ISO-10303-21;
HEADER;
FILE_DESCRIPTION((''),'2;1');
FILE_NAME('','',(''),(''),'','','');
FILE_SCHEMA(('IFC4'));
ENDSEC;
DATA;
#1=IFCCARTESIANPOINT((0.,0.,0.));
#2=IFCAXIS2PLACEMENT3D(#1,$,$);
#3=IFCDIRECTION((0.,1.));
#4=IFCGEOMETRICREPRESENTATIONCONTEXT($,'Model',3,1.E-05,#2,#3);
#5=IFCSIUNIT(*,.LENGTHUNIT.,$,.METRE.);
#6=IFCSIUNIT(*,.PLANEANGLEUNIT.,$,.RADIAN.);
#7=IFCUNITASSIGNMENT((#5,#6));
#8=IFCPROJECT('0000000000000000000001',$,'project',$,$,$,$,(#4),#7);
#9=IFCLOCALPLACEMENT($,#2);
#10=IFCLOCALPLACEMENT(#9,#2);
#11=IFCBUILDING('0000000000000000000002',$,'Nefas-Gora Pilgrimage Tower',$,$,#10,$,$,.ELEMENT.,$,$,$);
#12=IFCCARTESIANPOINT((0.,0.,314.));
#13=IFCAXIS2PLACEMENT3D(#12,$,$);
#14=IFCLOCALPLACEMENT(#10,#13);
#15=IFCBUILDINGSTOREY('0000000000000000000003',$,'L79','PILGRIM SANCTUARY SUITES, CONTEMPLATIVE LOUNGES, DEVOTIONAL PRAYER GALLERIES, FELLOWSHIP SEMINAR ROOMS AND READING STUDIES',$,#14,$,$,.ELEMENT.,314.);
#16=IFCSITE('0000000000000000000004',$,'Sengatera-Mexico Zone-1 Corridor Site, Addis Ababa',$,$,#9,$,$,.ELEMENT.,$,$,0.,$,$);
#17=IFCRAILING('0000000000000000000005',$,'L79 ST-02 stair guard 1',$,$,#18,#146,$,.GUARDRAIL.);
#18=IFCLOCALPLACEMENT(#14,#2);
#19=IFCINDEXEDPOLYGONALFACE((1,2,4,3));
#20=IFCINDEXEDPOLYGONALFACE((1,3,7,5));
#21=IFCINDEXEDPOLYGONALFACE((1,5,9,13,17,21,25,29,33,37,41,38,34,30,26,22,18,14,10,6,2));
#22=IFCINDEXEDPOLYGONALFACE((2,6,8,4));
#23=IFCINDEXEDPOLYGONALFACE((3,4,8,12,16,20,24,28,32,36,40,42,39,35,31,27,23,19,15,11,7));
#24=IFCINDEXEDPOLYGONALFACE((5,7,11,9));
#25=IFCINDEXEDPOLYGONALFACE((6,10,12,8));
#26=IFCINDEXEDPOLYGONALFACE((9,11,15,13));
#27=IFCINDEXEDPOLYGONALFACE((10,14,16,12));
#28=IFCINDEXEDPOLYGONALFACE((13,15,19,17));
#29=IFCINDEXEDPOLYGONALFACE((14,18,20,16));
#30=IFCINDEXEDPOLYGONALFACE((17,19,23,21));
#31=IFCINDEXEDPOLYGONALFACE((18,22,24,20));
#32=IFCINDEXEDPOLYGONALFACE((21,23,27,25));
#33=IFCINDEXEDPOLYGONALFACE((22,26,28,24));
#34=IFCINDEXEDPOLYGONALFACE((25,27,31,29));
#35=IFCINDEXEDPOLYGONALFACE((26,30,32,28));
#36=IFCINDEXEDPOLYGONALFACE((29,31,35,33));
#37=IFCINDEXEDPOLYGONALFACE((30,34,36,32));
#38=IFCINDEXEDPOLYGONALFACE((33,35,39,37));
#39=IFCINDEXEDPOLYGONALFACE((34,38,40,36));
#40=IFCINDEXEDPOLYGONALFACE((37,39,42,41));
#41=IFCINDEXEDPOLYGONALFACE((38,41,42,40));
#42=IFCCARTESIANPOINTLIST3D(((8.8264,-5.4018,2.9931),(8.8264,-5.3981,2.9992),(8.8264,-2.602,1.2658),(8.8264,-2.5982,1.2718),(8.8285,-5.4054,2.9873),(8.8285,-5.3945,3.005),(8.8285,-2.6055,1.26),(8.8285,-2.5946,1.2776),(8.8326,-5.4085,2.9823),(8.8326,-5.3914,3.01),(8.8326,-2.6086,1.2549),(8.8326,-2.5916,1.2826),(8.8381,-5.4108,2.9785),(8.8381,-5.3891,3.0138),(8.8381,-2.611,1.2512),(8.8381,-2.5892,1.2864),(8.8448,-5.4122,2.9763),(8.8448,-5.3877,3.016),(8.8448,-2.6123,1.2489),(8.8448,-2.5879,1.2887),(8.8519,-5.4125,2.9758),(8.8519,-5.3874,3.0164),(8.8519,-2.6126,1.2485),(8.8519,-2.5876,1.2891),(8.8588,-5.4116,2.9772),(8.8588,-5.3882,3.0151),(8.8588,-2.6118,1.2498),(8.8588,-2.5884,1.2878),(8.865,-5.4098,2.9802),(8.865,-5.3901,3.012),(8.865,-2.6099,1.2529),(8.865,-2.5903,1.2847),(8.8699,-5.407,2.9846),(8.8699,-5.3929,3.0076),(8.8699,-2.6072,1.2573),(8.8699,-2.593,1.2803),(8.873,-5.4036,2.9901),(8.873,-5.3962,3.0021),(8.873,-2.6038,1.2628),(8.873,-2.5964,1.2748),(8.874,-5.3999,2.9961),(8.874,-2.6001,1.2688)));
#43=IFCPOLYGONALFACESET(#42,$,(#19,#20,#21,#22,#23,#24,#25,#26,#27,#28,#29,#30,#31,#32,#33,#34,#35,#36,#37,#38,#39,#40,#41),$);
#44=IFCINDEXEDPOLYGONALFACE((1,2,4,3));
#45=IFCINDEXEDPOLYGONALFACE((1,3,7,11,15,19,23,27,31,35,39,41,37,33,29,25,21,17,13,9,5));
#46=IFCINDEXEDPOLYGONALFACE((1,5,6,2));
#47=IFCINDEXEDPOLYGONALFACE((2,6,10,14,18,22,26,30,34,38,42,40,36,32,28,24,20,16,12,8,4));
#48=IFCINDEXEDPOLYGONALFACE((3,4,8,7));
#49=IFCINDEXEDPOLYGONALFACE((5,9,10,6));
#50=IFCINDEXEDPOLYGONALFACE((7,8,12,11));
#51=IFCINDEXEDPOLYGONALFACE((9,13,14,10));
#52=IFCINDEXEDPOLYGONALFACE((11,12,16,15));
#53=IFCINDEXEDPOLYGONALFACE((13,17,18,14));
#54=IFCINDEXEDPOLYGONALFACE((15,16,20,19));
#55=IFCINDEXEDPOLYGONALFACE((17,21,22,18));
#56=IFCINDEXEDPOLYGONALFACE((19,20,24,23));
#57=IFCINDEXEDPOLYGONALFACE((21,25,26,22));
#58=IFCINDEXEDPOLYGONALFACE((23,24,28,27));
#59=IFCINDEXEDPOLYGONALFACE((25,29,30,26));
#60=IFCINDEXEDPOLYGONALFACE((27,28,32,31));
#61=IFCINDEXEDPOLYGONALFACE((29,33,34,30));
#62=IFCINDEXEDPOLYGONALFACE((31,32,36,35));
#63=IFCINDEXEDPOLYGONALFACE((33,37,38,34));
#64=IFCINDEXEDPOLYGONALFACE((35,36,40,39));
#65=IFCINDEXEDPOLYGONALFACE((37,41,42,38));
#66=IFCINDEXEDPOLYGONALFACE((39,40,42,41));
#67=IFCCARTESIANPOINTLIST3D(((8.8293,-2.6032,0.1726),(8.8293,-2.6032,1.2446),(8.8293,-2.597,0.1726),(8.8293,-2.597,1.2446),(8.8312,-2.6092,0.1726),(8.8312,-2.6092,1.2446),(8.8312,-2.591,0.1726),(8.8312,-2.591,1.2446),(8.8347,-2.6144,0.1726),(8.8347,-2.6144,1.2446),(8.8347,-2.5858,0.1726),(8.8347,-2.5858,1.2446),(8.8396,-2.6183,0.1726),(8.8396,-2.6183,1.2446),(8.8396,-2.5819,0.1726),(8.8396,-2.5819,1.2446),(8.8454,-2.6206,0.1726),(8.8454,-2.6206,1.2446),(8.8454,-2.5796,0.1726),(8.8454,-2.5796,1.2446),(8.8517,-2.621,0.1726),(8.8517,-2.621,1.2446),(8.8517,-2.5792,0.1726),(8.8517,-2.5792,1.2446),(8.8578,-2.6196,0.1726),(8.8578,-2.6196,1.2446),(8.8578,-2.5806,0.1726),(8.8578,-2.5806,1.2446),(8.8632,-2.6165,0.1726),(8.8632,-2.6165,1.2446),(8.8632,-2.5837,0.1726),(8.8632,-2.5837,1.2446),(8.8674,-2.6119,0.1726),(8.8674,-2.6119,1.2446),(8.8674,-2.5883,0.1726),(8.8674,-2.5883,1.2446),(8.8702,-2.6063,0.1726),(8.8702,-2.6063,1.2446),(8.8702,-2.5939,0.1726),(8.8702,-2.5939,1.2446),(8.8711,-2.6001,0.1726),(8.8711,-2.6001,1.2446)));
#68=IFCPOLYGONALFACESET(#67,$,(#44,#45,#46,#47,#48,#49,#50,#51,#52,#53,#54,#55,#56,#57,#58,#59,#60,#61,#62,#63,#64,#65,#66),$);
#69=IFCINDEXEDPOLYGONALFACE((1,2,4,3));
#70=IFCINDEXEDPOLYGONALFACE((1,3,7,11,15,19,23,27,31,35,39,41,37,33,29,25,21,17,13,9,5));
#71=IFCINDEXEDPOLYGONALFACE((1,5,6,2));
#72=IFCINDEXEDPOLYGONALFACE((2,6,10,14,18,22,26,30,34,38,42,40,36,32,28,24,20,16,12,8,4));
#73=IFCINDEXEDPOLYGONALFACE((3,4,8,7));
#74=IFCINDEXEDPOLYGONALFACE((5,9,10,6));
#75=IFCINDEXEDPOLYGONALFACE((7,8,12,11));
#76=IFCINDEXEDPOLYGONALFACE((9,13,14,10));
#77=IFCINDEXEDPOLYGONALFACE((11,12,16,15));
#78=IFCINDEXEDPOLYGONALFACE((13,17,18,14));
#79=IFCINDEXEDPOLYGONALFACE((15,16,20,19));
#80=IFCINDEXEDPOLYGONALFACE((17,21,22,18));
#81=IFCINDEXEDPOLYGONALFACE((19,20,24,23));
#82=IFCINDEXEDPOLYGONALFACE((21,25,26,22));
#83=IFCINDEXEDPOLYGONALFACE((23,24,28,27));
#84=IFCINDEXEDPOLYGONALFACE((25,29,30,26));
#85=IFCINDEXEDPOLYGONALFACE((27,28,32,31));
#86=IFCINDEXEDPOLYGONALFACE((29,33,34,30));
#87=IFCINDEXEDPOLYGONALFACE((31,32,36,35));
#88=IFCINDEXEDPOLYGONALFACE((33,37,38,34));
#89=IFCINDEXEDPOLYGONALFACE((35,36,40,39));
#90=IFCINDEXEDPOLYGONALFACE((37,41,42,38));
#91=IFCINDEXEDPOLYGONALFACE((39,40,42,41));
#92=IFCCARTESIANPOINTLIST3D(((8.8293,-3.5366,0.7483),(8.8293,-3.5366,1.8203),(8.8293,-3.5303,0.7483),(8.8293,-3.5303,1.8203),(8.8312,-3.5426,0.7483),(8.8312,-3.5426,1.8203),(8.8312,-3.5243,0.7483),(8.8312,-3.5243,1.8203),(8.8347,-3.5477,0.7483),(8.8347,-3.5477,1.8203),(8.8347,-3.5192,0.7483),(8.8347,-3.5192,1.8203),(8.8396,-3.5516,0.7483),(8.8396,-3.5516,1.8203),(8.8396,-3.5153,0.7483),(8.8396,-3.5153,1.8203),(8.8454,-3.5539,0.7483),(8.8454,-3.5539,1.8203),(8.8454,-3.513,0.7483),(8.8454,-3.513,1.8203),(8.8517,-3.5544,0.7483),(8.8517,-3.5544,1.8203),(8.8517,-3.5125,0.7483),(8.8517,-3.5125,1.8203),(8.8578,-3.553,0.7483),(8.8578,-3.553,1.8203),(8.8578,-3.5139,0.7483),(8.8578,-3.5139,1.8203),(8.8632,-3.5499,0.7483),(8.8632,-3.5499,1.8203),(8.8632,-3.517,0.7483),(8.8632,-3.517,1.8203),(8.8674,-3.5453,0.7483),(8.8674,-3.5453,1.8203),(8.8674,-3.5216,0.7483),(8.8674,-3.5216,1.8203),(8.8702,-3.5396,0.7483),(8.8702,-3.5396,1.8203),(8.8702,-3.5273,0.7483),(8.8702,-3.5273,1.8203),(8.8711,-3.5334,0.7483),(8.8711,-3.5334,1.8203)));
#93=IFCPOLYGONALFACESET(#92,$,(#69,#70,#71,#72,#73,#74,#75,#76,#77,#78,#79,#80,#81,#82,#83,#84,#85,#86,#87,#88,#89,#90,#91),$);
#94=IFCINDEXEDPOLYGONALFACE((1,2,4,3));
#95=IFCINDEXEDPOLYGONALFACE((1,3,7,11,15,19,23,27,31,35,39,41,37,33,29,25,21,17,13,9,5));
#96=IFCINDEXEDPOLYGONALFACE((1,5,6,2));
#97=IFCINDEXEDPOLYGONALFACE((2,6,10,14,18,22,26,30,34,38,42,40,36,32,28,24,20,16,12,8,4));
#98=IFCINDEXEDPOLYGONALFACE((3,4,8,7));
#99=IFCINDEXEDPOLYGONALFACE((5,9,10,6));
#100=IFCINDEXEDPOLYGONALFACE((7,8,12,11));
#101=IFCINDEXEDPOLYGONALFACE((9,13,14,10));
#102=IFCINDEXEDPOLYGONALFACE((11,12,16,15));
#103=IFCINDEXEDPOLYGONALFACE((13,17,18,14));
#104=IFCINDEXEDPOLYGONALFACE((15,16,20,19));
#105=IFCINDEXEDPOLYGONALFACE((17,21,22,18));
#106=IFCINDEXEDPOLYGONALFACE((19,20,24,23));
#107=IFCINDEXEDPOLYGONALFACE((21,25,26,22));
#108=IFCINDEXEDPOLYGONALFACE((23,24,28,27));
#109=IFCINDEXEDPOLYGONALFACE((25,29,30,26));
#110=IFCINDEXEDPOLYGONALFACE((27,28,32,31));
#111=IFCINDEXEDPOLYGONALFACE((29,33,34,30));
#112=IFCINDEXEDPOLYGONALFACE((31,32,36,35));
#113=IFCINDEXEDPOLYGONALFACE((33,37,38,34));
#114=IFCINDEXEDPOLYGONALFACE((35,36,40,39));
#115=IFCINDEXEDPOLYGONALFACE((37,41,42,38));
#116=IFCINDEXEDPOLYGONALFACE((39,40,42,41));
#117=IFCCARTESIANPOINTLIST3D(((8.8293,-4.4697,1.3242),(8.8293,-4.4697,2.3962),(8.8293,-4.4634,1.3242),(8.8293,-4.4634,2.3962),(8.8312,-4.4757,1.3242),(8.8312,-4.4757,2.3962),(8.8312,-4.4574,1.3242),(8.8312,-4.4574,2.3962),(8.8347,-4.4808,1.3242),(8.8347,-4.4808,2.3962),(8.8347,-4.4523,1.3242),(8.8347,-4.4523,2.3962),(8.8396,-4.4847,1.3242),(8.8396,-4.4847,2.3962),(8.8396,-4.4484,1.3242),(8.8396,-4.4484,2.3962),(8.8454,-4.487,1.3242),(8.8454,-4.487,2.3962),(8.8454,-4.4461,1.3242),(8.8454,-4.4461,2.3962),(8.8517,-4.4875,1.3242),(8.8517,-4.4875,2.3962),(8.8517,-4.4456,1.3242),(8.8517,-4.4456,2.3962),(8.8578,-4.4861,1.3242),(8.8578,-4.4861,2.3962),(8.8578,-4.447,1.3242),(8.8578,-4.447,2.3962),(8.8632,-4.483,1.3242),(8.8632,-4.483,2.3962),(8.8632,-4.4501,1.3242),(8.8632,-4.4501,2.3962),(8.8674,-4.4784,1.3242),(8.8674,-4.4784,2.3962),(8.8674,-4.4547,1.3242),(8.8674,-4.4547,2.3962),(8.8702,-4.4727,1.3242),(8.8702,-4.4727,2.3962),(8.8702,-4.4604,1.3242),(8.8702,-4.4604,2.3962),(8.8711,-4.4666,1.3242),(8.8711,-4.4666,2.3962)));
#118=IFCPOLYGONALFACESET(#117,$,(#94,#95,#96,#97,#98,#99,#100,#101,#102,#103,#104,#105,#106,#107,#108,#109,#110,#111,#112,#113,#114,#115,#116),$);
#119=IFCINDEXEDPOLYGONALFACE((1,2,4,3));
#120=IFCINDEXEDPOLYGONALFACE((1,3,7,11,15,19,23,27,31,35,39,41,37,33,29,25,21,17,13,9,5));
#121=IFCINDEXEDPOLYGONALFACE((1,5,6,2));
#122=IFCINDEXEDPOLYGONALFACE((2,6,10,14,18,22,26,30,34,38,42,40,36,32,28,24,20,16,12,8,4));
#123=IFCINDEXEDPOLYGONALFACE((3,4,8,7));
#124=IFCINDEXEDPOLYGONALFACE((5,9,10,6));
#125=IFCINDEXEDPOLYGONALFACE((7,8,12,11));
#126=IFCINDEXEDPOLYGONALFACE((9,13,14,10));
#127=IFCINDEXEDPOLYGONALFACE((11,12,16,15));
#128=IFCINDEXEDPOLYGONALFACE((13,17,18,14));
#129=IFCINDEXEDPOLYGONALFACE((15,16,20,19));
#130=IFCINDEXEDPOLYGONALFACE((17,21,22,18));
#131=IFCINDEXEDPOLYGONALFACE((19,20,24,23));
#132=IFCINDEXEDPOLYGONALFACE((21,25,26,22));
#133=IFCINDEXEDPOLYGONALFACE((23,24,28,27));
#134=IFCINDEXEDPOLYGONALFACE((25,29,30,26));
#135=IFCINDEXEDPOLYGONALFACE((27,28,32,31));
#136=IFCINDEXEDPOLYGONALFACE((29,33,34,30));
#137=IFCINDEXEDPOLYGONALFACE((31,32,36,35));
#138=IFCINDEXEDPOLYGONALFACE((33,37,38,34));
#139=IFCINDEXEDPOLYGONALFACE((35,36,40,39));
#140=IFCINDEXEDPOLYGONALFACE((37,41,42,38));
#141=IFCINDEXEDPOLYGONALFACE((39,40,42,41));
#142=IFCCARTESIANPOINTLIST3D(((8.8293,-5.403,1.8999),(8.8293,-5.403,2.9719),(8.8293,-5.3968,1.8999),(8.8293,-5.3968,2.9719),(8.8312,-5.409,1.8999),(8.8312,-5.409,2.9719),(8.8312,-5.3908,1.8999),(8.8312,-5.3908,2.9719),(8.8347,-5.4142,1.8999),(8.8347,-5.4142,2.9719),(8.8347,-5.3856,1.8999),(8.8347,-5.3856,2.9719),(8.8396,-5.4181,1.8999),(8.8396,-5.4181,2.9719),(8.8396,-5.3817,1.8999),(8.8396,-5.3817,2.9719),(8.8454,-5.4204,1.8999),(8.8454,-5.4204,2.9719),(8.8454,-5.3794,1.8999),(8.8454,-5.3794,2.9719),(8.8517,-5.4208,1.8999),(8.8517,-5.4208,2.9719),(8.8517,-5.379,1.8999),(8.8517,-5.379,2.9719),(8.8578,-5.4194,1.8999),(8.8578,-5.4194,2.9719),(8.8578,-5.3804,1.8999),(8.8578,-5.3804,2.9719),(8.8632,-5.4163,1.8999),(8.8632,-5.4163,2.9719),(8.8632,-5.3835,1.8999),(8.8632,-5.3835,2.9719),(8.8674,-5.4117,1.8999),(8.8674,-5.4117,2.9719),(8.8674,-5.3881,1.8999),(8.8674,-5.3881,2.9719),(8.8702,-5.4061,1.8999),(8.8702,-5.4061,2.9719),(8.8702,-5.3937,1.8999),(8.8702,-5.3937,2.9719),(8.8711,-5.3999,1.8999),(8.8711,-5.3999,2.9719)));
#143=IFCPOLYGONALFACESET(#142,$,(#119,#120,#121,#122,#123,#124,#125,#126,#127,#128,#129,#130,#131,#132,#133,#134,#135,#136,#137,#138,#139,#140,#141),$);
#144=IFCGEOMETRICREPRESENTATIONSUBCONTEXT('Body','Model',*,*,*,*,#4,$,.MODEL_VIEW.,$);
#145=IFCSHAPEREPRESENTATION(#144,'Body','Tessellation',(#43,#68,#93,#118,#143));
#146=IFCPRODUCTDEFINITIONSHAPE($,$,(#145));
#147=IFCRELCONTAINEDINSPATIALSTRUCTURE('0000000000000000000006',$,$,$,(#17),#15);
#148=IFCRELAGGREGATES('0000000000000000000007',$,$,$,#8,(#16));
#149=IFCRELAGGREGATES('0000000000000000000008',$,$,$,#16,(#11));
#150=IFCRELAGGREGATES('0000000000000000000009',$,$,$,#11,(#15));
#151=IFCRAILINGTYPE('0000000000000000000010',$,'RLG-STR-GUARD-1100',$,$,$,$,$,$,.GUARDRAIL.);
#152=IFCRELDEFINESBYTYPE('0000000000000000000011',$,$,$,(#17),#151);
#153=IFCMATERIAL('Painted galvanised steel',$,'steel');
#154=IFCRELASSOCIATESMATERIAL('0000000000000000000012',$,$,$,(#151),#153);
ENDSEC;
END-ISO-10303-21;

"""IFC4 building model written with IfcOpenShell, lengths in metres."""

from ifc_helpers import new_model, si_unit, direction, frame, origin, origin_2d, place, context, subcontext, project, spatial, circle, extrude, material, type_object, element, save


model = new_model("IFC4")

# Units and contexts
model_context = context("Model", 3, precision=1e-05, world=origin(), true_north=direction((0.0, 1.0)))
body_context = subcontext(model_context, "Body", "Model", "MODEL_VIEW")
ifc_project = project(units=[si_unit("LENGTHUNIT", "METRE"), si_unit("PLANEANGLEUNIT", "RADIAN")], contexts=[model_context])

# Site, building, storey
site_placement = place(None, origin())
site = spatial("IfcSite", under=ifc_project, at=site_placement, Name="Sengatera-Mexico Zone-1 Corridor Site, Addis Ababa", CompositionType="ELEMENT", RefElevation=0.0)
building_placement = place(site_placement, origin())
building = spatial("IfcBuilding", under=site, at=building_placement, Name="Nefas-Gora Pilgrimage Tower", CompositionType="ELEMENT")
storey_placement = place(building_placement, frame((0.0, 0.0, 314.0)))
storey = spatial("IfcBuildingStorey", under=building, at=storey_placement, Name="L79", Description="PILGRIM SANCTUARY SUITES, CONTEMPLATIVE LOUNGES, DEVOTIONAL PRAYER GALLERIES, FELLOWSHIP SEMINAR ROOMS AND READING STUDIES", CompositionType="ELEMENT", Elevation=314.0)

# Railing
ifc_material_1 = material(Name="Painted galvanised steel", Category="steel")
railing_type_1 = type_object("IfcRailingType", Name="RLG-STR-GUARD-1100", PredefinedType="GUARDRAIL", material=ifc_material_1)
railing_1_placement = place(storey_placement, frame((8.8501, -2.6001, 0.1726)))
element("IfcRailing", 1, at=railing_1_placement, inside=storey, type_object=railing_type_1, Name="L79 ST-02 stair guard 1", PredefinedType="GUARDRAIL", context=body_context, shape_type="SweptSolid", body=[
    extrude(circle(Radius=0.0239, at=origin_2d()), frame((0.0, 0.0, 1.0962), z_axis=(0.0, -0.851069, 0.525054), x_axis=(1.0, 0.0, 0.0)), (0.0, 0.0, 1.0), 3.2898),
    extrude(circle(Radius=0.021, at=origin_2d()), origin(), (0.0, 0.0, 1.0), 1.072),
    extrude(circle(Radius=0.021, at=origin_2d()), frame((0.0, -0.9333, 0.5757)), (0.0, 0.0, 1.0), 1.072),
    extrude(circle(Radius=0.021, at=origin_2d()), frame((0.0, -1.8665, 1.1516)), (0.0, 0.0, 1.0), 1.072),
    extrude(circle(Radius=0.021, at=origin_2d()), frame((0.0, -2.7998, 1.7273)), (0.0, 0.0, 1.0), 1.072),
])

save(model, "model.ifc")
